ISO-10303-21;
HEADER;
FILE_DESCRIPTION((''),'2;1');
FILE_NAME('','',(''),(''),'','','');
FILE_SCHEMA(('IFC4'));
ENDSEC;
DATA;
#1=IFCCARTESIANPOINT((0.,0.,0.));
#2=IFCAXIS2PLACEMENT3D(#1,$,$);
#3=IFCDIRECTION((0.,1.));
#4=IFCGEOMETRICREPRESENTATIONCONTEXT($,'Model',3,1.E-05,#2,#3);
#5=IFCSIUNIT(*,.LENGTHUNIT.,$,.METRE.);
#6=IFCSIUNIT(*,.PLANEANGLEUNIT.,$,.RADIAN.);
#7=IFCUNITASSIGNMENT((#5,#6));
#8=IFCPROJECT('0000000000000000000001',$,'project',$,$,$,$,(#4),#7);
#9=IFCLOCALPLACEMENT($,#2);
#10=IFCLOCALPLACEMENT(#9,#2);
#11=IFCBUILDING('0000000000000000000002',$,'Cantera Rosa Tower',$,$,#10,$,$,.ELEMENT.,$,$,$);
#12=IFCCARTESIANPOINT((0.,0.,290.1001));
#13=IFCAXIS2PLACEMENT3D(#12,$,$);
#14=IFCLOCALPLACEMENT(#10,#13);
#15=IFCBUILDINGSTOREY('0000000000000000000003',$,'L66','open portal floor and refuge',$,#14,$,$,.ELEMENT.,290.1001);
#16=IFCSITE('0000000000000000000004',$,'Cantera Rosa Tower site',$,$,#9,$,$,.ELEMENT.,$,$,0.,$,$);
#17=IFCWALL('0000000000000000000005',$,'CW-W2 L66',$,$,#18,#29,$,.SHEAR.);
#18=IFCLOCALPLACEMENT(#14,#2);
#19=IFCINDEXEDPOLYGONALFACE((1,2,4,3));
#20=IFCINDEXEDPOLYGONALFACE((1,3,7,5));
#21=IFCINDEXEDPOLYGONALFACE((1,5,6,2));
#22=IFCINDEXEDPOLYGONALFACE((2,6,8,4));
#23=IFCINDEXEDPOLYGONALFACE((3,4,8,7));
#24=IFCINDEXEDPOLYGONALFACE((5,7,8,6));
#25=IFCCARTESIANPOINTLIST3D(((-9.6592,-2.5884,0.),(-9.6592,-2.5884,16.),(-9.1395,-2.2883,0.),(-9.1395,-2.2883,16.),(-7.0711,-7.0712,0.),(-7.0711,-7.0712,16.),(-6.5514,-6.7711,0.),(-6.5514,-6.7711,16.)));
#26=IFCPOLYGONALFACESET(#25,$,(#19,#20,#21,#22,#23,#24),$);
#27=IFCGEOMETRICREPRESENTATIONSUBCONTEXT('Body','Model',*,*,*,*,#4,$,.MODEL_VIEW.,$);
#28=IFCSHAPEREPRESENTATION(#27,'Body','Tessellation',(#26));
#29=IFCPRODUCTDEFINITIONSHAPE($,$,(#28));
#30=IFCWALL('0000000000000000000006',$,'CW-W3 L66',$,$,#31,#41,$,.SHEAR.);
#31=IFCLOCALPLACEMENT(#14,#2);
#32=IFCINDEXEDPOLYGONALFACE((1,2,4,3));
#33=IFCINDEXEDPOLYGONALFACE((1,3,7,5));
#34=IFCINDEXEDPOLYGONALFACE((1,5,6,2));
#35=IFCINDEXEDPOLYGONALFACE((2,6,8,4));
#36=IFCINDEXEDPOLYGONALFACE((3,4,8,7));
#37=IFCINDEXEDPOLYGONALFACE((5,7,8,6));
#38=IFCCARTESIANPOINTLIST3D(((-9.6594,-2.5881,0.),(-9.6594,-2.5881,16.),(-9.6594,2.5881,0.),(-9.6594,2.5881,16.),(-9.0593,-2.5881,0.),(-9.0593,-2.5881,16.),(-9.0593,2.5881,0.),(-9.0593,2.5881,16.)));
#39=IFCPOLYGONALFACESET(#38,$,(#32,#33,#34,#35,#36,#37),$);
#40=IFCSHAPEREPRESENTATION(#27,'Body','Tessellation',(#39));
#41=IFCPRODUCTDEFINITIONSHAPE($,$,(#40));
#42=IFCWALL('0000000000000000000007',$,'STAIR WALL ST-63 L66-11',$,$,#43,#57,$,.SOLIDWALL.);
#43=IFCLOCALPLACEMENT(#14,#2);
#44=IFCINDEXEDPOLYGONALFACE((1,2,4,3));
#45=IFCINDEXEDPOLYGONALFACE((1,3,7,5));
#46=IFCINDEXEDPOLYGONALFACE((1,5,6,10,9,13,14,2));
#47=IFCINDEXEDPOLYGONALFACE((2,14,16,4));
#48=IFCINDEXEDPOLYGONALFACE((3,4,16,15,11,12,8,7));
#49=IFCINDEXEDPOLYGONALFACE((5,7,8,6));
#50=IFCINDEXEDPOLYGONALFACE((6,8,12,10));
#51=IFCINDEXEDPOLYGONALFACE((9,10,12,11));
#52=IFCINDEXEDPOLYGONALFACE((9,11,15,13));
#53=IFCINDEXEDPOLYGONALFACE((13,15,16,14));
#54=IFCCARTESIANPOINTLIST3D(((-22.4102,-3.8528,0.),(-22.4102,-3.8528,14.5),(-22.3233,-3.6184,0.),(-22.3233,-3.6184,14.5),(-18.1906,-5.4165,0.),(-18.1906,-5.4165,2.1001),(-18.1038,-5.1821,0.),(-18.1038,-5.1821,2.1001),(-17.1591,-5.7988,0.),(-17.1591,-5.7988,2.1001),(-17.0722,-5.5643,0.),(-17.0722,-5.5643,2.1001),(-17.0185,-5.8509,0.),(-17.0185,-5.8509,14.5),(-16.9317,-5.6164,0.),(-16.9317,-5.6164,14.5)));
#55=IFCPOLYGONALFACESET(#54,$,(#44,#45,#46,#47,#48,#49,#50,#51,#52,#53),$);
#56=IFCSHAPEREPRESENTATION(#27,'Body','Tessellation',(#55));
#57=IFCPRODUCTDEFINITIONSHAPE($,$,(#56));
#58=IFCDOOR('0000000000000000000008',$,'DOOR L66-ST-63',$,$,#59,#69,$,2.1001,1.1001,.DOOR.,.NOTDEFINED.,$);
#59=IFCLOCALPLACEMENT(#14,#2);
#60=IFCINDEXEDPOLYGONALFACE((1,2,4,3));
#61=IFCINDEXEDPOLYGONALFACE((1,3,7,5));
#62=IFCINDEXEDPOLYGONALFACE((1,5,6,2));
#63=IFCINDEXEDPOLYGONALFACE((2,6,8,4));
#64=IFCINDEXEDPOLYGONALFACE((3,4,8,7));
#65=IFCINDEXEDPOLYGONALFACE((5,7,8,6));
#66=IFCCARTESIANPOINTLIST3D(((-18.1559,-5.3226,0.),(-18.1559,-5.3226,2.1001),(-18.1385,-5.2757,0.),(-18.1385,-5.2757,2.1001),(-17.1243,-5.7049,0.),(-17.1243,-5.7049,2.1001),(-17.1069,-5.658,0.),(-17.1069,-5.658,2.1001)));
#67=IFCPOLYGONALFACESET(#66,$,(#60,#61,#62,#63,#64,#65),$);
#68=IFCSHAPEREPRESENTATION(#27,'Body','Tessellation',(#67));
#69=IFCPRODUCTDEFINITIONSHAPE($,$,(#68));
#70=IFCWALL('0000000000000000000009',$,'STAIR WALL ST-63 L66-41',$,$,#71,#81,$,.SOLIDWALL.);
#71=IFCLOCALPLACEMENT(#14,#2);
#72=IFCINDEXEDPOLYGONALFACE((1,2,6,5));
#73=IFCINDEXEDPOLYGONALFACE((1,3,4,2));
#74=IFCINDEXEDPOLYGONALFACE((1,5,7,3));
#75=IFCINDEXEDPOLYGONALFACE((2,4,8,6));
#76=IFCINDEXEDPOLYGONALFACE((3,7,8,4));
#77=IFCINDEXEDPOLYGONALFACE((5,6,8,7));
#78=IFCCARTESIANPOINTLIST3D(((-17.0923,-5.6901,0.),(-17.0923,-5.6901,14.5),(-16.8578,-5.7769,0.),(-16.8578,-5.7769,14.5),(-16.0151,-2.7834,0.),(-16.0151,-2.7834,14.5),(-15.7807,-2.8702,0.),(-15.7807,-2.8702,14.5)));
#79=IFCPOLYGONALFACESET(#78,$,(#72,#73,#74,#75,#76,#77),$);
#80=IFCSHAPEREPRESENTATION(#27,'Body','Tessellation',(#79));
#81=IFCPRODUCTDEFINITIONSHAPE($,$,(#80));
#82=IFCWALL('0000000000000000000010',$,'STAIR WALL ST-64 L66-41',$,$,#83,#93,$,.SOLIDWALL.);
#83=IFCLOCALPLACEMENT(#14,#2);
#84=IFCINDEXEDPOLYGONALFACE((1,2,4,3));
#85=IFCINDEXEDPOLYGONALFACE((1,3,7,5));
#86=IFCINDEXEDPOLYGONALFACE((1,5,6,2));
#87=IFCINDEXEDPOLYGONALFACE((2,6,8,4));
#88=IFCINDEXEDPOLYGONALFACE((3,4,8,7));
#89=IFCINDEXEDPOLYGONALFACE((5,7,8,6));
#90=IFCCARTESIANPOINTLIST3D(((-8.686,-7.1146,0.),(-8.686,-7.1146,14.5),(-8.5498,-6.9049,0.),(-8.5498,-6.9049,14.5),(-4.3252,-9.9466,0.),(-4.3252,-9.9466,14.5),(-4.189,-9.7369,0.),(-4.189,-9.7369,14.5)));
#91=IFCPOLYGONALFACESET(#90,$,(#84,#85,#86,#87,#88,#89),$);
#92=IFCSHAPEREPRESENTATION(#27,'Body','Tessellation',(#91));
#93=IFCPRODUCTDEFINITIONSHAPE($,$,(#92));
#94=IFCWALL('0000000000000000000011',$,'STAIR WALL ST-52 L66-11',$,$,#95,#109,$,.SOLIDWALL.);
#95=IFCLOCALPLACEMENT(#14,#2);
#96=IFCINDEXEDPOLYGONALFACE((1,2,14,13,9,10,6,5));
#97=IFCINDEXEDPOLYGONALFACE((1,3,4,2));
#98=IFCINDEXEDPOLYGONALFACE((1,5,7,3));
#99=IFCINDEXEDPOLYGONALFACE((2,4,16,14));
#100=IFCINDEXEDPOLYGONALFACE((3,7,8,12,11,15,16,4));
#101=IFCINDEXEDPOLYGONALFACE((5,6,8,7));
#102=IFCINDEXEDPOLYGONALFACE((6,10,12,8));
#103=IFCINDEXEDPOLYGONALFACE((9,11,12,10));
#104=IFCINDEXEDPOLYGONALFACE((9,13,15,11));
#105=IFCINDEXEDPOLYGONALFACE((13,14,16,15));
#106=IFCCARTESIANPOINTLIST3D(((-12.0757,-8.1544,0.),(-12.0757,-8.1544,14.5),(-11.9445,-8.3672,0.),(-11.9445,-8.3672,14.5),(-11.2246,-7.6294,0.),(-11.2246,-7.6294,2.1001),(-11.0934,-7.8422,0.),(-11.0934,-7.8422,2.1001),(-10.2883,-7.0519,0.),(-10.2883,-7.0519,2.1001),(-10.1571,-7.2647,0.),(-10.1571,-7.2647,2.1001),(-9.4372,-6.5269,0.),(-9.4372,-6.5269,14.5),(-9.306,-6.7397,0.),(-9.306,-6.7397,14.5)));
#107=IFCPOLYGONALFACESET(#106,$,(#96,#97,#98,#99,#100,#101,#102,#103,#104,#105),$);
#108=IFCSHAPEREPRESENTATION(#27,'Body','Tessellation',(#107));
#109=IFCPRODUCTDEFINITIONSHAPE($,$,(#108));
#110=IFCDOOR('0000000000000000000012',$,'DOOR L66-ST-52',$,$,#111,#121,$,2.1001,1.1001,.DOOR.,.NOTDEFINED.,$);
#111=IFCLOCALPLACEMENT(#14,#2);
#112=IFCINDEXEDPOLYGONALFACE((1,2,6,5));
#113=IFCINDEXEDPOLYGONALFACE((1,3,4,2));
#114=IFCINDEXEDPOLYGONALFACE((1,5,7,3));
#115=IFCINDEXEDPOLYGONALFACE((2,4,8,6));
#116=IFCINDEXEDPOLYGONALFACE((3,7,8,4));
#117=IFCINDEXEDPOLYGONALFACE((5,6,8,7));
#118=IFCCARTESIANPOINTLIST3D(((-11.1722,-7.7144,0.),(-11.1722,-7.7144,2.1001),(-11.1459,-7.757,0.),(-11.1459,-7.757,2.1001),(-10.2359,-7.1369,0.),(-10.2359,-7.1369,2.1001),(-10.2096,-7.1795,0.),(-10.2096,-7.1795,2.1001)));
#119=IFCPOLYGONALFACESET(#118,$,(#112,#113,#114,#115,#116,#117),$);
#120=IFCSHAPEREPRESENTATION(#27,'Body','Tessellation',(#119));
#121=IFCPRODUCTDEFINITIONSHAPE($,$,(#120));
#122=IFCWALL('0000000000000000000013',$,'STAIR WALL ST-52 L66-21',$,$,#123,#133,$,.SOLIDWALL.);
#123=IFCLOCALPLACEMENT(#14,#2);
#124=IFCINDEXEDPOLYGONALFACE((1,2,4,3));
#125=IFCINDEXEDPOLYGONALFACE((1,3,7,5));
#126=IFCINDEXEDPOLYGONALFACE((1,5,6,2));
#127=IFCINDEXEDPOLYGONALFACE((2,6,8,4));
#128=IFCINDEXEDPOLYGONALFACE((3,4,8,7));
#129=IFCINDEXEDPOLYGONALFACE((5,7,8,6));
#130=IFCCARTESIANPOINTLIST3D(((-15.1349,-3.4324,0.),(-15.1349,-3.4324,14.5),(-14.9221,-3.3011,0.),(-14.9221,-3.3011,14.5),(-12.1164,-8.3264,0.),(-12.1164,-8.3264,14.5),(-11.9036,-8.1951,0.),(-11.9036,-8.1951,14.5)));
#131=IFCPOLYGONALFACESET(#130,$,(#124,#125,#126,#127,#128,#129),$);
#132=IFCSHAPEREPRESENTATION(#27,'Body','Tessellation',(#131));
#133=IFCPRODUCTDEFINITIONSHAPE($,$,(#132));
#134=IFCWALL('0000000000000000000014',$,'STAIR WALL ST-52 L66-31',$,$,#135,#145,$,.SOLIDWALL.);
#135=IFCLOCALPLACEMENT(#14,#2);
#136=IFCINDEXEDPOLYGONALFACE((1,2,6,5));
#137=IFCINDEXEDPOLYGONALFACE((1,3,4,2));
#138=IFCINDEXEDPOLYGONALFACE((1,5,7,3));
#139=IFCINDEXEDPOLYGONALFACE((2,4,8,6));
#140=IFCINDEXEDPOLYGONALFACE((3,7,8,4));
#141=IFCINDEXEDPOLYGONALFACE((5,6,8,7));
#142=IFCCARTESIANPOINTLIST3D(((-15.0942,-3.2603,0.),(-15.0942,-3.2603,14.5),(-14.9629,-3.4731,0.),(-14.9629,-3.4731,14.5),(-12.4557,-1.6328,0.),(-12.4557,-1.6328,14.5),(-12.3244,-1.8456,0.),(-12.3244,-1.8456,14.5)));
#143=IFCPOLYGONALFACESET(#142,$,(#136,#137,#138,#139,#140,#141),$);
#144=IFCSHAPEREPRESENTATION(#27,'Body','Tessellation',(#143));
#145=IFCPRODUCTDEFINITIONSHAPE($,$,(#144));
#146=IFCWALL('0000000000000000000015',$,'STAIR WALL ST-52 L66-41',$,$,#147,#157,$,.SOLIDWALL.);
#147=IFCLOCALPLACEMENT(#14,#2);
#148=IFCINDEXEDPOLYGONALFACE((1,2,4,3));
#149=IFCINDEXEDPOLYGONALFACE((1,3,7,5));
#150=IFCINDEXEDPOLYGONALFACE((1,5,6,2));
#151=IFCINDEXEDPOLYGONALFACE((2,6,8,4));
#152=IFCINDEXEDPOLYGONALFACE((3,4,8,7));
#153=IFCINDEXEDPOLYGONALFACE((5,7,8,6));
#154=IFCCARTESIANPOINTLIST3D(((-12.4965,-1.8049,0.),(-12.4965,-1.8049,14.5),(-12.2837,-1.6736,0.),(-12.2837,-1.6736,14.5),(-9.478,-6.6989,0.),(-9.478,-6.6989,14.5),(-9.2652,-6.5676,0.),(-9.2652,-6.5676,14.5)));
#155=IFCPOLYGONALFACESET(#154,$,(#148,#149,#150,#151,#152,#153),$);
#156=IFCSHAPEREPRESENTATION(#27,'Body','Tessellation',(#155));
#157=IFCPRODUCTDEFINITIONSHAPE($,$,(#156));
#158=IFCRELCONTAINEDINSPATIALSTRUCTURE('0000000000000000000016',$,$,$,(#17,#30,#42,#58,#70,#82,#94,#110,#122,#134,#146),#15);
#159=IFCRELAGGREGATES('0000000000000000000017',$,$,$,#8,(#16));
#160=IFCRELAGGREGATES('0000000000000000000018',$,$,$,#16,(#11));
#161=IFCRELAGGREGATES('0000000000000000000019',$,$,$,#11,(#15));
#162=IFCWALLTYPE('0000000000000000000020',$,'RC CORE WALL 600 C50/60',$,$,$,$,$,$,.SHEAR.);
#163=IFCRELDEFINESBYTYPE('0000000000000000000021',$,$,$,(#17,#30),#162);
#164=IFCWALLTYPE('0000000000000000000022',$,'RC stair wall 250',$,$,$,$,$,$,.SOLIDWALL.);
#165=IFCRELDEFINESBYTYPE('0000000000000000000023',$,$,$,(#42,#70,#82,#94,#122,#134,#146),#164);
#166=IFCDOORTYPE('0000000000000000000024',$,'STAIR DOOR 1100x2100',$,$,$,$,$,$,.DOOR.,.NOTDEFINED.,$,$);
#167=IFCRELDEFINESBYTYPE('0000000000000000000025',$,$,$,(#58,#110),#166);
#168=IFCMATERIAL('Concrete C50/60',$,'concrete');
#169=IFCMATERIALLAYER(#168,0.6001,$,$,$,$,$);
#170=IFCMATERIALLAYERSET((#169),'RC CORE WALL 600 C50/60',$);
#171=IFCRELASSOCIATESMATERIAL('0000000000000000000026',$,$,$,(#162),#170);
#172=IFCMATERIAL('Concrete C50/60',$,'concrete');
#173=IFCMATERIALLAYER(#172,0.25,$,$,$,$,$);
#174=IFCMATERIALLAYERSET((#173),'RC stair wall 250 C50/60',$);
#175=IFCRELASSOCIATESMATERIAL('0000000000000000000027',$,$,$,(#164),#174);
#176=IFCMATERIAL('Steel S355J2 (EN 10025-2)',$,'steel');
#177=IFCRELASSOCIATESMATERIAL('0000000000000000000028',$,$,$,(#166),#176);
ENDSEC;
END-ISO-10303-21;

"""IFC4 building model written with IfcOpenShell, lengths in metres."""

from ifc_helpers import new_model, si_unit, direction, frame, frame_2d, origin, place, context, subcontext, project, spatial, rectangle, extrude, material, layer, layer_set, type_object, element, fill, save


model = new_model("IFC4")

# Units and contexts
model_context = context("Model", 3, precision=1e-05, world=origin(), true_north=direction((0.0, 1.0)))
body_context = subcontext(model_context, "Body", "Model", "MODEL_VIEW")
ifc_project = project(units=[si_unit("LENGTHUNIT", "METRE"), si_unit("PLANEANGLEUNIT", "RADIAN")], contexts=[model_context])

# Site, building, storey
site_placement = place(None, origin())
site = spatial("IfcSite", under=ifc_project, at=site_placement, Name="Cantera Rosa Tower site", CompositionType="ELEMENT", RefElevation=0.0)
building_placement = place(site_placement, origin())
building = spatial("IfcBuilding", under=site, at=building_placement, Name="Cantera Rosa Tower", CompositionType="ELEMENT")
storey_placement = place(building_placement, frame((0.0, 0.0, 290.1001)))
storey = spatial("IfcBuildingStorey", under=building, at=storey_placement, Name="L66", Description="open portal floor and refuge", CompositionType="ELEMENT", Elevation=290.1001)

# Walls
ifc_material_1 = material(Name="Concrete C50/60", Category="concrete")
ifc_layer_1 = layer(ifc_material_1, 0.6001)
ifc_layer_set_1 = layer_set([ifc_layer_1], Name="RC CORE WALL 600 C50/60")
wall_type_1 = type_object("IfcWallType", Name="RC CORE WALL 600 C50/60", PredefinedType="SHEAR", material=ifc_layer_set_1)
for number, where, z_axis, x_axis, name in (
    (1, (-6.8113, -6.9211, 0.0), (0.0, 0.0, 1.0), (-0.499989, 0.866032, 0.0), "CW-W2 L66"),
    (2, (-9.3594, -2.5881, 0.0), (0.0, 0.0, 1.0), (0.0, 1.0, 0.0), "CW-W3 L66"),
):
    element("IfcWall", number, at=place(storey_placement, frame(where, z_axis=z_axis, x_axis=x_axis)), inside=storey, type_object=wall_type_1, Name=name, PredefinedType="SHEAR", context=body_context, shape_type="SweptSolid", body=[
        extrude(rectangle(XDim=5.1763, YDim=0.6001, at=frame_2d((2.5881, 0.0))), origin(), (0.0, 0.0, 1.0), 16.0),
    ])

# Wall, opening, door
ifc_material_2 = material(Name="Concrete C50/60", Category="concrete")
ifc_layer_2 = layer(ifc_material_2, 0.25)
ifc_layer_set_2 = layer_set([ifc_layer_2], Name="RC stair wall 250 C50/60")
wall_type_2 = type_object("IfcWallType", Name="RC stair wall 250", PredefinedType="SOLIDWALL", material=ifc_layer_set_2)
wall_1_placement = place(storey_placement, frame((-16.9751, -5.7336, 0.0), z_axis=(0.0, 0.0, 1.0), x_axis=(-0.937683, 0.347491, 0.0)))
wall_1 = element("IfcWall", 3, at=wall_1_placement, inside=storey, type_object=wall_type_2, Name="STAIR WALL ST-63 L66-11", PredefinedType="SOLIDWALL", context=body_context, shape_type="SweptSolid", body=[
    extrude(rectangle(XDim=5.75, YDim=0.25, at=frame_2d((2.875, 0.0))), origin(), (0.0, 0.0, 1.0), 14.5),
])
opening_1_placement = place(wall_1_placement, frame((0.1499, 0.0, 0.0)))
opening_1 = element("IfcOpeningElement", 4, at=opening_1_placement, cuts=wall_1, PredefinedType="OPENING", context=body_context, shape_type="SweptSolid", body=[
    extrude(rectangle(XDim=1.1001, YDim=2.1001, at=frame_2d((0.55, 1.05))), frame((0.0, 0.135, 0.0), z_axis=(0.0, -1.0, 0.0), x_axis=(1.0, 0.0, 0.0)), (0.0, 0.0, 1.0), 0.27),
])
ifc_material_3 = material(Name="Steel S355J2 (EN 10025-2)", Category="steel")
door_type = type_object("IfcDoorType", Name="STAIR DOOR 1100x2100", OperationType="NOTDEFINED", PredefinedType="DOOR", material=ifc_material_3)
door_1_placement = place(opening_1_placement, origin())
door_1 = element("IfcDoor", 5, at=door_1_placement, inside=storey, type_object=door_type, Name="DOOR L66-ST-63", OperationType="NOTDEFINED", OverallHeight=2.1001, OverallWidth=1.1001, PredefinedType="DOOR", context=body_context, shape_type="SweptSolid", body=[
    extrude(rectangle(XDim=1.1001, YDim=2.1001, at=frame_2d((0.55, 1.05))), frame((0.0, 0.0249, 0.0), z_axis=(0.0, -1.0, 0.0), x_axis=(1.0, 0.0, 0.0)), (0.0, 0.0, 1.0), 0.05),
])
fill(opening_1, door_1)

# Walls
wall_2_placement = place(storey_placement, frame((-15.8979, -2.8269, 0.0), z_axis=(0.0, 0.0, 1.0), x_axis=(-0.347479, -0.937688, 0.0)))
element("IfcWall", 6, at=wall_2_placement, inside=storey, type_object=wall_type_2, Name="STAIR WALL ST-63 L66-41", PredefinedType="SOLIDWALL", context=body_context, shape_type="SweptSolid", body=[
    extrude(rectangle(XDim=3.0999, YDim=0.25, at=frame_2d((1.5498, 0.0))), origin(), (0.0, 0.0, 1.0), 14.5),
])
wall_3_placement = place(storey_placement, frame((-8.6179, -7.0098, 0.0), z_axis=(0.0, 0.0, 1.0), x_axis=(0.838665, -0.544648, 0.0)))
element("IfcWall", 7, at=wall_3_placement, inside=storey, type_object=wall_type_2, Name="STAIR WALL ST-64 L66-41", PredefinedType="SOLIDWALL", context=body_context, shape_type="SweptSolid", body=[
    extrude(rectangle(XDim=5.1997, YDim=0.25, at=frame_2d((2.5999, 0.0))), origin(), (0.0, 0.0, 1.0), 14.5),
])

# Wall, opening, door
wall_4_placement = place(storey_placement, frame((-9.3716, -6.6333, 0.0), z_axis=(0.0, 0.0, 1.0), x_axis=(-0.851112, -0.524985, 0.0)))
wall_4 = element("IfcWall", 8, at=wall_4_placement, inside=storey, type_object=wall_type_2, Name="STAIR WALL ST-52 L66-11", PredefinedType="SOLIDWALL", context=body_context, shape_type="SweptSolid", body=[
    extrude(rectangle(XDim=3.1001, YDim=0.25, at=frame_2d((1.55, 0.0))), origin(), (0.0, 0.0, 1.0), 14.5),
])
opening_2_placement = place(wall_4_placement, frame((1.0, 0.0, 0.0)))
opening_2 = element("IfcOpeningElement", 9, at=opening_2_placement, cuts=wall_4, PredefinedType="OPENING", context=body_context, shape_type="SweptSolid", body=[
    extrude(rectangle(XDim=1.1001, YDim=2.1001, at=frame_2d((0.55, 1.05))), frame((0.0, 0.135, 0.0), z_axis=(0.0, -1.0, 0.0), x_axis=(1.0, 0.0, 0.0)), (0.0, 0.0, 1.0), 0.27),
])
door_2_placement = place(opening_2_placement, origin())
door_2 = element("IfcDoor", 10, at=door_2_placement, inside=storey, type_object=door_type, Name="DOOR L66-ST-52", OperationType="NOTDEFINED", OverallHeight=2.1001, OverallWidth=1.1001, PredefinedType="DOOR", context=body_context, shape_type="SweptSolid", body=[
    extrude(rectangle(XDim=1.1001, YDim=2.1001, at=frame_2d((0.55, 1.05))), frame((0.0, 0.0249, 0.0), z_axis=(0.0, -1.0, 0.0), x_axis=(1.0, 0.0, 0.0)), (0.0, 0.0, 1.0), 0.05),
])
fill(opening_2, door_2)

# Walls
wall_5_placement = place(storey_placement, frame((-12.01, -8.2607, 0.0), z_axis=(0.0, 0.0, 1.0), x_axis=(-0.524959, 0.851127, 0.0)))
element("IfcWall", 11, at=wall_5_placement, inside=storey, type_object=wall_type_2, Name="STAIR WALL ST-52 L66-21", PredefinedType="SOLIDWALL", context=body_context, shape_type="SweptSolid", body=[
    extrude(rectangle(XDim=5.75, YDim=0.25, at=frame_2d((2.875, 0.0))), origin(), (0.0, 0.0, 1.0), 14.5),
])
wall_6_placement = place(storey_placement, frame((-15.0286, -3.3667, 0.0), z_axis=(0.0, 0.0, 1.0), x_axis=(0.851112, 0.524985, 0.0)))
element("IfcWall", 12, at=wall_6_placement, inside=storey, type_object=wall_type_2, Name="STAIR WALL ST-52 L66-31", PredefinedType="SOLIDWALL", context=body_context, shape_type="SweptSolid", body=[
    extrude(rectangle(XDim=3.1001, YDim=0.25, at=frame_2d((1.55, 0.0))), origin(), (0.0, 0.0, 1.0), 14.5),
])
wall_7_placement = place(storey_placement, frame((-12.3901, -1.7393, 0.0), z_axis=(0.0, 0.0, 1.0), x_axis=(0.524959, -0.851127, 0.0)))
element("IfcWall", 13, at=wall_7_placement, inside=storey, type_object=wall_type_2, Name="STAIR WALL ST-52 L66-41", PredefinedType="SOLIDWALL", context=body_context, shape_type="SweptSolid", body=[
    extrude(rectangle(XDim=5.75, YDim=0.25, at=frame_2d((2.875, 0.0))), origin(), (0.0, 0.0, 1.0), 14.5),
])

save(model, "model.ifc")
